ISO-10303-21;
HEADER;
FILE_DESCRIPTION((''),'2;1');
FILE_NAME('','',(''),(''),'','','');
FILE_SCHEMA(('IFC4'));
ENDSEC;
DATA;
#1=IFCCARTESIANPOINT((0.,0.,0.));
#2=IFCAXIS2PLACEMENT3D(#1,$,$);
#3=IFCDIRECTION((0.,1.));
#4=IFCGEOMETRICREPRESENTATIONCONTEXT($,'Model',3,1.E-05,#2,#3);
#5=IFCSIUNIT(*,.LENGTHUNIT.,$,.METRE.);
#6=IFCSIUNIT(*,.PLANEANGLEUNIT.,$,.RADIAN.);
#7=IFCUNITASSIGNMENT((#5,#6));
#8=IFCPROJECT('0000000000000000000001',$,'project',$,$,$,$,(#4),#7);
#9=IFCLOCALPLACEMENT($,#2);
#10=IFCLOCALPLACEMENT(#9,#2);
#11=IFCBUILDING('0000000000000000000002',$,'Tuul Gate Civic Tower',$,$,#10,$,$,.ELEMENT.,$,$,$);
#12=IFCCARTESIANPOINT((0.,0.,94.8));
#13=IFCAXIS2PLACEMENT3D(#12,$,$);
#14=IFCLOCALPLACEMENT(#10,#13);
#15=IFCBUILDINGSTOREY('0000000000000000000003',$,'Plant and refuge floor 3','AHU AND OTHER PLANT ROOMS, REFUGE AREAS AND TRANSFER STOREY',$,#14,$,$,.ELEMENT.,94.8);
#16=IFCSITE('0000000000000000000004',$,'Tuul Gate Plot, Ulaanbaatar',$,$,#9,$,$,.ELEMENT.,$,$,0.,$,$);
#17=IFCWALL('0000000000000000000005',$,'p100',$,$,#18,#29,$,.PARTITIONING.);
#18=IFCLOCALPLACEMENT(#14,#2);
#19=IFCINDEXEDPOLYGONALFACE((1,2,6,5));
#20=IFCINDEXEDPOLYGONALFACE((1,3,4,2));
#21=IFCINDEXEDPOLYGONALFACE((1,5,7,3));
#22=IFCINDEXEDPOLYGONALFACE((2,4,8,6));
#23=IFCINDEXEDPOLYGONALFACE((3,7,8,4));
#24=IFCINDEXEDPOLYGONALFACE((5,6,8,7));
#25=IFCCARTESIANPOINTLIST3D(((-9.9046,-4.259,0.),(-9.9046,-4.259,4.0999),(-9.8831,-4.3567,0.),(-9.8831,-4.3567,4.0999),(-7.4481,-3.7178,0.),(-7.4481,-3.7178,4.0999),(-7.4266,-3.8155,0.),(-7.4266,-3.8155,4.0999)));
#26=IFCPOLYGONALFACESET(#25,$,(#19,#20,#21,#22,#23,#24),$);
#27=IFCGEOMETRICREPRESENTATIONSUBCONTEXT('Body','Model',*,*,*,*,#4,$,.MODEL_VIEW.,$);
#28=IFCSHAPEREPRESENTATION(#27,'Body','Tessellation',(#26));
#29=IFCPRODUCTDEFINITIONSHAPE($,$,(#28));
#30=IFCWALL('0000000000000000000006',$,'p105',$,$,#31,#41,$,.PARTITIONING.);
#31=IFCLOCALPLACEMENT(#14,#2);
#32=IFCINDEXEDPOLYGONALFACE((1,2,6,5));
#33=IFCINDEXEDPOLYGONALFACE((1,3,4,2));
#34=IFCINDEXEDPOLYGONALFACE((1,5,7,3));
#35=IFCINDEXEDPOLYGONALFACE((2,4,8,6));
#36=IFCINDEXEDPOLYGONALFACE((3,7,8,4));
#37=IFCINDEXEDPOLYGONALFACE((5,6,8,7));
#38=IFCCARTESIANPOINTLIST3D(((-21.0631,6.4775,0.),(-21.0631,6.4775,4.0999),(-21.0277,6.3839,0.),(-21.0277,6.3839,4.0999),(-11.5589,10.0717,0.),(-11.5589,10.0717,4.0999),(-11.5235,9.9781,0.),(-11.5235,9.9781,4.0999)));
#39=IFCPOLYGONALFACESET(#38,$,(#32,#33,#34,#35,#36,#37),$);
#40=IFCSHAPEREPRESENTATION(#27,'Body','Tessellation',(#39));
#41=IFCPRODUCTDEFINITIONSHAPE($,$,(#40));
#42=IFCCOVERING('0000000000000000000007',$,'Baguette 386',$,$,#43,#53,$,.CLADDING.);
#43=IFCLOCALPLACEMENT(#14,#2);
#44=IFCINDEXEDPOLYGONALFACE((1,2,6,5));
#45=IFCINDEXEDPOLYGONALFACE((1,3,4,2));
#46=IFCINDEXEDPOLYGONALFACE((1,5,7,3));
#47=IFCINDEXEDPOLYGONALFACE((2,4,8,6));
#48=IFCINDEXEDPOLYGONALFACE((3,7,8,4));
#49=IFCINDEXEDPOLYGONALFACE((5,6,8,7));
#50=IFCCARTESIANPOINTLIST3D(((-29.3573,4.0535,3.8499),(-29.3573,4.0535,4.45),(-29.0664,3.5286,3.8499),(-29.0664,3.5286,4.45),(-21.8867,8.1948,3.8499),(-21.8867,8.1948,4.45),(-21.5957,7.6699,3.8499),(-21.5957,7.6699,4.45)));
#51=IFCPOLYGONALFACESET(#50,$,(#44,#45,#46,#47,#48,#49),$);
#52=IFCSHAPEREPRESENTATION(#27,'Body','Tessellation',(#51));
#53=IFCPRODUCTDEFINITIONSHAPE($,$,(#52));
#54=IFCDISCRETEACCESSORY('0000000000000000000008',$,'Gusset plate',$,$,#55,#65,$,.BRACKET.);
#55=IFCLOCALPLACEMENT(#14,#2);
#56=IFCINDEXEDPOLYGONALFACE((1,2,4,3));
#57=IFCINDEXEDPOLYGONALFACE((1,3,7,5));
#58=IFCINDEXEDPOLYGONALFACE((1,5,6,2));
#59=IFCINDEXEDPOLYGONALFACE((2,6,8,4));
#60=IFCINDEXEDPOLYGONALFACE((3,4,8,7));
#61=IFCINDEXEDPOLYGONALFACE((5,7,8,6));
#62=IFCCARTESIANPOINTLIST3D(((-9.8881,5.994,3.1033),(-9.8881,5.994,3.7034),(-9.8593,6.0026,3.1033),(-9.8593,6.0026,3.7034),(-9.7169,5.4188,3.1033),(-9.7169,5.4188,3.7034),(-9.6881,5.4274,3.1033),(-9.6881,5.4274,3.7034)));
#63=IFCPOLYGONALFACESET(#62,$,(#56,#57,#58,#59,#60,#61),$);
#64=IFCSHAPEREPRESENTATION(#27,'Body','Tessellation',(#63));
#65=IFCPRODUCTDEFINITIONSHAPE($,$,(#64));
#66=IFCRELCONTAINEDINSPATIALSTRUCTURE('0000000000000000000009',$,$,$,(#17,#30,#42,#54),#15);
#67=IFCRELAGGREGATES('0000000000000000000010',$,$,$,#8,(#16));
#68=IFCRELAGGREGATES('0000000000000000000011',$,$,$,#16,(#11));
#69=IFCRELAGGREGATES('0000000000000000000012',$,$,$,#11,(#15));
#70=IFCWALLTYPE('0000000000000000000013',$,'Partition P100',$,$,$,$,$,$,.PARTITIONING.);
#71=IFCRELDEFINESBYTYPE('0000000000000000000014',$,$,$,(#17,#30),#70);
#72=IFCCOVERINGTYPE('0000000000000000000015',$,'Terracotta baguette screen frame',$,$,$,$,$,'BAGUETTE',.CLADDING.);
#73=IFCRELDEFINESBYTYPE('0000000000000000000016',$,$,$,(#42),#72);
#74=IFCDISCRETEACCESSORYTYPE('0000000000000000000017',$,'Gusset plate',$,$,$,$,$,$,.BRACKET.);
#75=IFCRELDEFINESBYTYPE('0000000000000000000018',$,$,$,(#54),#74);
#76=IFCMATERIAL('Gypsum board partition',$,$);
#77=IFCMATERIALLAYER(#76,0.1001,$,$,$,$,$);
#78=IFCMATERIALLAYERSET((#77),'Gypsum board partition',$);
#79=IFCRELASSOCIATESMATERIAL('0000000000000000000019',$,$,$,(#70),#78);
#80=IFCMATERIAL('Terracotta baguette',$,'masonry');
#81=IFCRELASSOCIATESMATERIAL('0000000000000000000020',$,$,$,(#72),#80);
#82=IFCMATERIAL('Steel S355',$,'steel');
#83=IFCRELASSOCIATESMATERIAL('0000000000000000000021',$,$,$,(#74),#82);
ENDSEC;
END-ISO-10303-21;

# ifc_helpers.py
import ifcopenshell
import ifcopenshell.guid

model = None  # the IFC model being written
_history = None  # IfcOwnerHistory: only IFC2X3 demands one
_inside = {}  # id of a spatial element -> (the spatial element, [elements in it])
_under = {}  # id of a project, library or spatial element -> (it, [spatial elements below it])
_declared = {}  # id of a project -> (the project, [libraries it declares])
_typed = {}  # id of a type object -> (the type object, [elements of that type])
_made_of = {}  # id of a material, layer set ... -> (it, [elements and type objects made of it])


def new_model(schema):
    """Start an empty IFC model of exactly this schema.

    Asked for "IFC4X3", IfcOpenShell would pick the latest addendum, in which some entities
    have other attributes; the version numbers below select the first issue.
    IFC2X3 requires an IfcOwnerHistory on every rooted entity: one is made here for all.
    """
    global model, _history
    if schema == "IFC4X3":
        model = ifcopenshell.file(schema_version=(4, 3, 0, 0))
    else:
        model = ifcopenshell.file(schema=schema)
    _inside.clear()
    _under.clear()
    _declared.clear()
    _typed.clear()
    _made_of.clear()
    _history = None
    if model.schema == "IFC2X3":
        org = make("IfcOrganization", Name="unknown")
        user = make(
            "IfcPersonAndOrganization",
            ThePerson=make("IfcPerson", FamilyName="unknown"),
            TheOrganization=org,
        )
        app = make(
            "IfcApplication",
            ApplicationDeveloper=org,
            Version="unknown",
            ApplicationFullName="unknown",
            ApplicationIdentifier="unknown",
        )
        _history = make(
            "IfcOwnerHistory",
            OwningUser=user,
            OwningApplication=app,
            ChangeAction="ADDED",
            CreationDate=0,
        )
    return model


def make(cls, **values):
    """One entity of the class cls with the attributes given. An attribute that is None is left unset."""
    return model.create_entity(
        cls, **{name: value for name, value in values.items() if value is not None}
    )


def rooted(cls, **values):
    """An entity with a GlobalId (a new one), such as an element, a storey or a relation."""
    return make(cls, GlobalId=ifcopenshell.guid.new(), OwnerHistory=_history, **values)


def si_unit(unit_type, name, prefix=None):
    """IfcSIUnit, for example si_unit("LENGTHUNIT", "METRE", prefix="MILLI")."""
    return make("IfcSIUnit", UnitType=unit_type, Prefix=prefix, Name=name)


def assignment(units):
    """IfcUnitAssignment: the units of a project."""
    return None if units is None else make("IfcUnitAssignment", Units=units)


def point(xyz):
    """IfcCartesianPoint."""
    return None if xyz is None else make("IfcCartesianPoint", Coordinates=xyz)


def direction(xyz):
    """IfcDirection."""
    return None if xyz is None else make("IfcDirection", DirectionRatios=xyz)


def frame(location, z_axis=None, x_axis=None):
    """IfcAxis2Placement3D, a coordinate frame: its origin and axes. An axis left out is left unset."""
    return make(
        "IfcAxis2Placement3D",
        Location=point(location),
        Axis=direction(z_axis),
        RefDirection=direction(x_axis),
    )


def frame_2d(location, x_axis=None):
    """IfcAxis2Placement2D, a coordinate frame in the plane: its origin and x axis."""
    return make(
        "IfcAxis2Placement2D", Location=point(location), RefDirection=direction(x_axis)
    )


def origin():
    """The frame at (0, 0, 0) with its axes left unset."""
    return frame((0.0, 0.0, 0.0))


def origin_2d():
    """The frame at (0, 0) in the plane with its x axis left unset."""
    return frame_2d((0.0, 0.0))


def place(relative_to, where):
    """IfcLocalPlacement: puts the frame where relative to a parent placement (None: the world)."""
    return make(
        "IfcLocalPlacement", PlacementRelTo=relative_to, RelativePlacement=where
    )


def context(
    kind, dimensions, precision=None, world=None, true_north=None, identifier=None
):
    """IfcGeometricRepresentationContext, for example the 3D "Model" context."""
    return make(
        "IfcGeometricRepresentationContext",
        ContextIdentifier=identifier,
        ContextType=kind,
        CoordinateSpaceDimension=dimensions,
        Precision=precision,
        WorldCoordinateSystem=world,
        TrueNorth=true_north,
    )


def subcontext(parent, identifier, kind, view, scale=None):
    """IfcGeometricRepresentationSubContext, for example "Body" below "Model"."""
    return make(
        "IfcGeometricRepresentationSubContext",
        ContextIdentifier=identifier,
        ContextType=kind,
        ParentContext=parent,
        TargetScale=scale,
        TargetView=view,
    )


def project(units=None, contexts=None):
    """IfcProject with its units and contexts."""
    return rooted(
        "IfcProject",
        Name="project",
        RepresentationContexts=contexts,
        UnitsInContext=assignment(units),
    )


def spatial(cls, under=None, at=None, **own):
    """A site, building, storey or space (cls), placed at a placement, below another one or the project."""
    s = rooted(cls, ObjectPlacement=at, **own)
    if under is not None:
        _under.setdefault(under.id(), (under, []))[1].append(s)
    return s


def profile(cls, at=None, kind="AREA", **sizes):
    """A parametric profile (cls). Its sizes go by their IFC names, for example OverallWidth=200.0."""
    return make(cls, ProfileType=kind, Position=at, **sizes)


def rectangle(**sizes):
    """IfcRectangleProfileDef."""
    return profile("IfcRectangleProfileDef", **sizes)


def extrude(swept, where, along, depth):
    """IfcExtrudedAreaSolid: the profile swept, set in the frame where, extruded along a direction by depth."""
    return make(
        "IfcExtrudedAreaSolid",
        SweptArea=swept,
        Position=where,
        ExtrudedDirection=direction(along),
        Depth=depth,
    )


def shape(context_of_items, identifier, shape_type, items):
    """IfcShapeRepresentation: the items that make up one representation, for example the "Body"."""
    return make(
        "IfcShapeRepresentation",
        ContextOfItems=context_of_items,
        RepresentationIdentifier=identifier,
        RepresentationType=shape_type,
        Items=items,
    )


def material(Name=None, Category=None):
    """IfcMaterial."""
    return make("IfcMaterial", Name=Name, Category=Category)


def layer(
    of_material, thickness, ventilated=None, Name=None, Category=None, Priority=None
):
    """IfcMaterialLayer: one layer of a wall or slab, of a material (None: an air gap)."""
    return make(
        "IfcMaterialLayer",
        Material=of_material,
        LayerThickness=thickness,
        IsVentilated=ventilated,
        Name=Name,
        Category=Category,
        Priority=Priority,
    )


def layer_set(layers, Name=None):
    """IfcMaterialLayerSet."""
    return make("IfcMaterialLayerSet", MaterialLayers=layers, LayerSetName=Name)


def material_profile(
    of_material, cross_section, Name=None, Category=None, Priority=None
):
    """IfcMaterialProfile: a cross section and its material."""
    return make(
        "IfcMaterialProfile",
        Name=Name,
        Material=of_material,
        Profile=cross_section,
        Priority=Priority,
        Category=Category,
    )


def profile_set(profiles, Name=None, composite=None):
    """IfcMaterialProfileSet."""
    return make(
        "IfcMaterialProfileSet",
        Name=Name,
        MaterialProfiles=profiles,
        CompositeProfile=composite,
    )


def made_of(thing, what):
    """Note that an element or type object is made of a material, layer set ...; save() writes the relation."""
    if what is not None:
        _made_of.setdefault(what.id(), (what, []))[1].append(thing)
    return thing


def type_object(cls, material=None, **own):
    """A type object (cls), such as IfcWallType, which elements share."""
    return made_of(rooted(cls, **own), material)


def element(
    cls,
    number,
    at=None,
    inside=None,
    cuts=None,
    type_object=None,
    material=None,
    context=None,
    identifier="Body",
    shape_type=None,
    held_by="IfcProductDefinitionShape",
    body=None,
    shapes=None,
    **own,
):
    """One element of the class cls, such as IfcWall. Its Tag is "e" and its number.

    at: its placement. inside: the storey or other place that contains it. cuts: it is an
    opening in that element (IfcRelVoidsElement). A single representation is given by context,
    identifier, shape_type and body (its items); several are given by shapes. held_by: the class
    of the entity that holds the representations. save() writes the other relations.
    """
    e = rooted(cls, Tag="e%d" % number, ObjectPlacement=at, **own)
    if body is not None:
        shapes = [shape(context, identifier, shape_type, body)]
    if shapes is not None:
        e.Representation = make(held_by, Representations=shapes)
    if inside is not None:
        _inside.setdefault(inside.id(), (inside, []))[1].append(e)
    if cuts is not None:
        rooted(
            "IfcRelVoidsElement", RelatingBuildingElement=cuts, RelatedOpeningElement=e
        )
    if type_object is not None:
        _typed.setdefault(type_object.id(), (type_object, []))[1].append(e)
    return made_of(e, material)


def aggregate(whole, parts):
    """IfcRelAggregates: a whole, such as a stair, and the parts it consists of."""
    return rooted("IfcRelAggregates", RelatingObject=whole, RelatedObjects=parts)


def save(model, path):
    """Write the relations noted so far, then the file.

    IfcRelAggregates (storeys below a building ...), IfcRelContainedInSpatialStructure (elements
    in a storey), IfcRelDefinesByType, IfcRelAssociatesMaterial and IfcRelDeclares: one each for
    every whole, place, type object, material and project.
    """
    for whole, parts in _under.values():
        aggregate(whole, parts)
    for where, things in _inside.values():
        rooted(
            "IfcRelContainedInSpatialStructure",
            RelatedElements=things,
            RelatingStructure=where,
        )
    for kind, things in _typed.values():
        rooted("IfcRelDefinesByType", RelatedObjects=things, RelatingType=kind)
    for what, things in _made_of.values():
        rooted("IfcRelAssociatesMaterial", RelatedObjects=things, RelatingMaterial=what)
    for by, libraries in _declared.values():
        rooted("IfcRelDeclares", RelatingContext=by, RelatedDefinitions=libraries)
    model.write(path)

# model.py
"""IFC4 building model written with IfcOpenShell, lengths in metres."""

from ifc_helpers import new_model, si_unit, direction, frame, frame_2d, origin, origin_2d, place, context, subcontext, project, spatial, rectangle, extrude, material, layer, layer_set, material_profile, profile_set, type_object, element, save


model = new_model("IFC4")

# Units and contexts
model_context = context("Model", 3, precision=1e-05, world=origin(), true_north=direction((0.0, 1.0)))
body_context = subcontext(model_context, "Body", "Model", "MODEL_VIEW")
ifc_project = project(units=[si_unit("LENGTHUNIT", "METRE"), si_unit("PLANEANGLEUNIT", "RADIAN")], contexts=[model_context])

# Site, building, storey
site_placement = place(None, origin())
site = spatial("IfcSite", under=ifc_project, at=site_placement, Name="Tuul Gate Plot, Ulaanbaatar", CompositionType="ELEMENT", RefElevation=0.0)
building_placement = place(site_placement, origin())
building = spatial("IfcBuilding", under=site, at=building_placement, Name="Tuul Gate Civic Tower", CompositionType="ELEMENT")
storey_placement = place(building_placement, frame((0.0, 0.0, 94.8)))
storey = spatial("IfcBuildingStorey", under=building, at=storey_placement, Name="Plant and refuge floor 3", Description="AHU AND OTHER PLANT ROOMS, REFUGE AREAS AND TRANSFER STOREY", CompositionType="ELEMENT", Elevation=94.8)

# Walls
ifc_material_1 = material(Name="Gypsum board partition")
ifc_layer_1 = layer(ifc_material_1, 0.1001)
ifc_layer_set_1 = layer_set([ifc_layer_1], Name="Gypsum board partition")
wall_type_1 = type_object("IfcWallType", Name="Partition P100", PredefinedType="PARTITIONING", material=ifc_layer_set_1)
wall_1_placement = place(storey_placement, frame((-7.4373, -3.7666, 0.0), z_axis=(0.0, 0.0, 1.0), x_axis=(-0.976576, -0.215173, 0.0)))
element("IfcWall", 1, at=wall_1_placement, inside=storey, type_object=wall_type_1, Name="p100", PredefinedType="PARTITIONING", context=body_context, shape_type="SweptSolid", body=[
    extrude(rectangle(XDim=2.5154, YDim=0.1001, at=frame_2d((1.2578, 0.0))), origin(), (0.0, 0.0, 1.0), 4.0999),
])
wall_2_placement = place(storey_placement, frame((-21.0454, 6.4307, 0.0), z_axis=(0.0, 0.0, 1.0), x_axis=(0.935349, 0.353726, 0.0)))
element("IfcWall", 2, at=wall_2_placement, inside=storey, type_object=wall_type_1, Name="p105", PredefinedType="PARTITIONING", context=body_context, shape_type="SweptSolid", body=[
    extrude(rectangle(XDim=10.1611, YDim=0.1001, at=frame_2d((5.0806, 0.0))), origin(), (0.0, 0.0, 1.0), 4.0999),
])

# Covering
ifc_material_2 = material(Name="Terracotta baguette", Category="masonry")
ifc_material_profile_1 = material_profile(ifc_material_2, rectangle(XDim=0.6001, YDim=0.6001, at=origin_2d()), Name="Terracotta baguette screen frame")
ifc_profile_set_1 = profile_set([ifc_material_profile_1], Name="Terracotta baguette")
covering_type = type_object("IfcCoveringType", Name="Terracotta baguette screen frame", ElementType="BAGUETTE", PredefinedType="CLADDING", material=ifc_profile_set_1)
covering_placement = place(storey_placement, frame((-21.7412, 7.9324, 4.1499), z_axis=(-0.874606, -0.484835, 0.0), x_axis=(0.484835, -0.874606, 0.0)))
element("IfcCovering", 3, at=covering_placement, inside=storey, type_object=covering_type, Name="Baguette 386", PredefinedType="CLADDING", context=body_context, shape_type="SweptSolid", body=[
    extrude(rectangle(XDim=0.6001, YDim=0.6001, at=origin_2d()), origin(), (0.0, 0.0, 1.0), 8.5417),
])

# Discrete accessory
ifc_material_3 = material(Name="Steel S355", Category="steel")
discrete_accessory_type = type_object("IfcDiscreteAccessoryType", Name="Gusset plate", PredefinedType="BRACKET", material=ifc_material_3)
discrete_accessory_placement = place(storey_placement, frame((-9.7881, 5.7107, 3.1033), z_axis=(0.0, 0.0, 1.0), x_axis=(-0.285212, 0.958464, 0.0)))
element("IfcDiscreteAccessory", 4, at=discrete_accessory_placement, inside=storey, type_object=discrete_accessory_type, Name="Gusset plate", PredefinedType="BRACKET", context=body_context, shape_type="SweptSolid", body=[
    extrude(rectangle(XDim=0.6001, YDim=0.03, at=origin_2d()), origin(), (0.0, 0.0, 1.0), 0.6001),
])

save(model, "model.ifc")
